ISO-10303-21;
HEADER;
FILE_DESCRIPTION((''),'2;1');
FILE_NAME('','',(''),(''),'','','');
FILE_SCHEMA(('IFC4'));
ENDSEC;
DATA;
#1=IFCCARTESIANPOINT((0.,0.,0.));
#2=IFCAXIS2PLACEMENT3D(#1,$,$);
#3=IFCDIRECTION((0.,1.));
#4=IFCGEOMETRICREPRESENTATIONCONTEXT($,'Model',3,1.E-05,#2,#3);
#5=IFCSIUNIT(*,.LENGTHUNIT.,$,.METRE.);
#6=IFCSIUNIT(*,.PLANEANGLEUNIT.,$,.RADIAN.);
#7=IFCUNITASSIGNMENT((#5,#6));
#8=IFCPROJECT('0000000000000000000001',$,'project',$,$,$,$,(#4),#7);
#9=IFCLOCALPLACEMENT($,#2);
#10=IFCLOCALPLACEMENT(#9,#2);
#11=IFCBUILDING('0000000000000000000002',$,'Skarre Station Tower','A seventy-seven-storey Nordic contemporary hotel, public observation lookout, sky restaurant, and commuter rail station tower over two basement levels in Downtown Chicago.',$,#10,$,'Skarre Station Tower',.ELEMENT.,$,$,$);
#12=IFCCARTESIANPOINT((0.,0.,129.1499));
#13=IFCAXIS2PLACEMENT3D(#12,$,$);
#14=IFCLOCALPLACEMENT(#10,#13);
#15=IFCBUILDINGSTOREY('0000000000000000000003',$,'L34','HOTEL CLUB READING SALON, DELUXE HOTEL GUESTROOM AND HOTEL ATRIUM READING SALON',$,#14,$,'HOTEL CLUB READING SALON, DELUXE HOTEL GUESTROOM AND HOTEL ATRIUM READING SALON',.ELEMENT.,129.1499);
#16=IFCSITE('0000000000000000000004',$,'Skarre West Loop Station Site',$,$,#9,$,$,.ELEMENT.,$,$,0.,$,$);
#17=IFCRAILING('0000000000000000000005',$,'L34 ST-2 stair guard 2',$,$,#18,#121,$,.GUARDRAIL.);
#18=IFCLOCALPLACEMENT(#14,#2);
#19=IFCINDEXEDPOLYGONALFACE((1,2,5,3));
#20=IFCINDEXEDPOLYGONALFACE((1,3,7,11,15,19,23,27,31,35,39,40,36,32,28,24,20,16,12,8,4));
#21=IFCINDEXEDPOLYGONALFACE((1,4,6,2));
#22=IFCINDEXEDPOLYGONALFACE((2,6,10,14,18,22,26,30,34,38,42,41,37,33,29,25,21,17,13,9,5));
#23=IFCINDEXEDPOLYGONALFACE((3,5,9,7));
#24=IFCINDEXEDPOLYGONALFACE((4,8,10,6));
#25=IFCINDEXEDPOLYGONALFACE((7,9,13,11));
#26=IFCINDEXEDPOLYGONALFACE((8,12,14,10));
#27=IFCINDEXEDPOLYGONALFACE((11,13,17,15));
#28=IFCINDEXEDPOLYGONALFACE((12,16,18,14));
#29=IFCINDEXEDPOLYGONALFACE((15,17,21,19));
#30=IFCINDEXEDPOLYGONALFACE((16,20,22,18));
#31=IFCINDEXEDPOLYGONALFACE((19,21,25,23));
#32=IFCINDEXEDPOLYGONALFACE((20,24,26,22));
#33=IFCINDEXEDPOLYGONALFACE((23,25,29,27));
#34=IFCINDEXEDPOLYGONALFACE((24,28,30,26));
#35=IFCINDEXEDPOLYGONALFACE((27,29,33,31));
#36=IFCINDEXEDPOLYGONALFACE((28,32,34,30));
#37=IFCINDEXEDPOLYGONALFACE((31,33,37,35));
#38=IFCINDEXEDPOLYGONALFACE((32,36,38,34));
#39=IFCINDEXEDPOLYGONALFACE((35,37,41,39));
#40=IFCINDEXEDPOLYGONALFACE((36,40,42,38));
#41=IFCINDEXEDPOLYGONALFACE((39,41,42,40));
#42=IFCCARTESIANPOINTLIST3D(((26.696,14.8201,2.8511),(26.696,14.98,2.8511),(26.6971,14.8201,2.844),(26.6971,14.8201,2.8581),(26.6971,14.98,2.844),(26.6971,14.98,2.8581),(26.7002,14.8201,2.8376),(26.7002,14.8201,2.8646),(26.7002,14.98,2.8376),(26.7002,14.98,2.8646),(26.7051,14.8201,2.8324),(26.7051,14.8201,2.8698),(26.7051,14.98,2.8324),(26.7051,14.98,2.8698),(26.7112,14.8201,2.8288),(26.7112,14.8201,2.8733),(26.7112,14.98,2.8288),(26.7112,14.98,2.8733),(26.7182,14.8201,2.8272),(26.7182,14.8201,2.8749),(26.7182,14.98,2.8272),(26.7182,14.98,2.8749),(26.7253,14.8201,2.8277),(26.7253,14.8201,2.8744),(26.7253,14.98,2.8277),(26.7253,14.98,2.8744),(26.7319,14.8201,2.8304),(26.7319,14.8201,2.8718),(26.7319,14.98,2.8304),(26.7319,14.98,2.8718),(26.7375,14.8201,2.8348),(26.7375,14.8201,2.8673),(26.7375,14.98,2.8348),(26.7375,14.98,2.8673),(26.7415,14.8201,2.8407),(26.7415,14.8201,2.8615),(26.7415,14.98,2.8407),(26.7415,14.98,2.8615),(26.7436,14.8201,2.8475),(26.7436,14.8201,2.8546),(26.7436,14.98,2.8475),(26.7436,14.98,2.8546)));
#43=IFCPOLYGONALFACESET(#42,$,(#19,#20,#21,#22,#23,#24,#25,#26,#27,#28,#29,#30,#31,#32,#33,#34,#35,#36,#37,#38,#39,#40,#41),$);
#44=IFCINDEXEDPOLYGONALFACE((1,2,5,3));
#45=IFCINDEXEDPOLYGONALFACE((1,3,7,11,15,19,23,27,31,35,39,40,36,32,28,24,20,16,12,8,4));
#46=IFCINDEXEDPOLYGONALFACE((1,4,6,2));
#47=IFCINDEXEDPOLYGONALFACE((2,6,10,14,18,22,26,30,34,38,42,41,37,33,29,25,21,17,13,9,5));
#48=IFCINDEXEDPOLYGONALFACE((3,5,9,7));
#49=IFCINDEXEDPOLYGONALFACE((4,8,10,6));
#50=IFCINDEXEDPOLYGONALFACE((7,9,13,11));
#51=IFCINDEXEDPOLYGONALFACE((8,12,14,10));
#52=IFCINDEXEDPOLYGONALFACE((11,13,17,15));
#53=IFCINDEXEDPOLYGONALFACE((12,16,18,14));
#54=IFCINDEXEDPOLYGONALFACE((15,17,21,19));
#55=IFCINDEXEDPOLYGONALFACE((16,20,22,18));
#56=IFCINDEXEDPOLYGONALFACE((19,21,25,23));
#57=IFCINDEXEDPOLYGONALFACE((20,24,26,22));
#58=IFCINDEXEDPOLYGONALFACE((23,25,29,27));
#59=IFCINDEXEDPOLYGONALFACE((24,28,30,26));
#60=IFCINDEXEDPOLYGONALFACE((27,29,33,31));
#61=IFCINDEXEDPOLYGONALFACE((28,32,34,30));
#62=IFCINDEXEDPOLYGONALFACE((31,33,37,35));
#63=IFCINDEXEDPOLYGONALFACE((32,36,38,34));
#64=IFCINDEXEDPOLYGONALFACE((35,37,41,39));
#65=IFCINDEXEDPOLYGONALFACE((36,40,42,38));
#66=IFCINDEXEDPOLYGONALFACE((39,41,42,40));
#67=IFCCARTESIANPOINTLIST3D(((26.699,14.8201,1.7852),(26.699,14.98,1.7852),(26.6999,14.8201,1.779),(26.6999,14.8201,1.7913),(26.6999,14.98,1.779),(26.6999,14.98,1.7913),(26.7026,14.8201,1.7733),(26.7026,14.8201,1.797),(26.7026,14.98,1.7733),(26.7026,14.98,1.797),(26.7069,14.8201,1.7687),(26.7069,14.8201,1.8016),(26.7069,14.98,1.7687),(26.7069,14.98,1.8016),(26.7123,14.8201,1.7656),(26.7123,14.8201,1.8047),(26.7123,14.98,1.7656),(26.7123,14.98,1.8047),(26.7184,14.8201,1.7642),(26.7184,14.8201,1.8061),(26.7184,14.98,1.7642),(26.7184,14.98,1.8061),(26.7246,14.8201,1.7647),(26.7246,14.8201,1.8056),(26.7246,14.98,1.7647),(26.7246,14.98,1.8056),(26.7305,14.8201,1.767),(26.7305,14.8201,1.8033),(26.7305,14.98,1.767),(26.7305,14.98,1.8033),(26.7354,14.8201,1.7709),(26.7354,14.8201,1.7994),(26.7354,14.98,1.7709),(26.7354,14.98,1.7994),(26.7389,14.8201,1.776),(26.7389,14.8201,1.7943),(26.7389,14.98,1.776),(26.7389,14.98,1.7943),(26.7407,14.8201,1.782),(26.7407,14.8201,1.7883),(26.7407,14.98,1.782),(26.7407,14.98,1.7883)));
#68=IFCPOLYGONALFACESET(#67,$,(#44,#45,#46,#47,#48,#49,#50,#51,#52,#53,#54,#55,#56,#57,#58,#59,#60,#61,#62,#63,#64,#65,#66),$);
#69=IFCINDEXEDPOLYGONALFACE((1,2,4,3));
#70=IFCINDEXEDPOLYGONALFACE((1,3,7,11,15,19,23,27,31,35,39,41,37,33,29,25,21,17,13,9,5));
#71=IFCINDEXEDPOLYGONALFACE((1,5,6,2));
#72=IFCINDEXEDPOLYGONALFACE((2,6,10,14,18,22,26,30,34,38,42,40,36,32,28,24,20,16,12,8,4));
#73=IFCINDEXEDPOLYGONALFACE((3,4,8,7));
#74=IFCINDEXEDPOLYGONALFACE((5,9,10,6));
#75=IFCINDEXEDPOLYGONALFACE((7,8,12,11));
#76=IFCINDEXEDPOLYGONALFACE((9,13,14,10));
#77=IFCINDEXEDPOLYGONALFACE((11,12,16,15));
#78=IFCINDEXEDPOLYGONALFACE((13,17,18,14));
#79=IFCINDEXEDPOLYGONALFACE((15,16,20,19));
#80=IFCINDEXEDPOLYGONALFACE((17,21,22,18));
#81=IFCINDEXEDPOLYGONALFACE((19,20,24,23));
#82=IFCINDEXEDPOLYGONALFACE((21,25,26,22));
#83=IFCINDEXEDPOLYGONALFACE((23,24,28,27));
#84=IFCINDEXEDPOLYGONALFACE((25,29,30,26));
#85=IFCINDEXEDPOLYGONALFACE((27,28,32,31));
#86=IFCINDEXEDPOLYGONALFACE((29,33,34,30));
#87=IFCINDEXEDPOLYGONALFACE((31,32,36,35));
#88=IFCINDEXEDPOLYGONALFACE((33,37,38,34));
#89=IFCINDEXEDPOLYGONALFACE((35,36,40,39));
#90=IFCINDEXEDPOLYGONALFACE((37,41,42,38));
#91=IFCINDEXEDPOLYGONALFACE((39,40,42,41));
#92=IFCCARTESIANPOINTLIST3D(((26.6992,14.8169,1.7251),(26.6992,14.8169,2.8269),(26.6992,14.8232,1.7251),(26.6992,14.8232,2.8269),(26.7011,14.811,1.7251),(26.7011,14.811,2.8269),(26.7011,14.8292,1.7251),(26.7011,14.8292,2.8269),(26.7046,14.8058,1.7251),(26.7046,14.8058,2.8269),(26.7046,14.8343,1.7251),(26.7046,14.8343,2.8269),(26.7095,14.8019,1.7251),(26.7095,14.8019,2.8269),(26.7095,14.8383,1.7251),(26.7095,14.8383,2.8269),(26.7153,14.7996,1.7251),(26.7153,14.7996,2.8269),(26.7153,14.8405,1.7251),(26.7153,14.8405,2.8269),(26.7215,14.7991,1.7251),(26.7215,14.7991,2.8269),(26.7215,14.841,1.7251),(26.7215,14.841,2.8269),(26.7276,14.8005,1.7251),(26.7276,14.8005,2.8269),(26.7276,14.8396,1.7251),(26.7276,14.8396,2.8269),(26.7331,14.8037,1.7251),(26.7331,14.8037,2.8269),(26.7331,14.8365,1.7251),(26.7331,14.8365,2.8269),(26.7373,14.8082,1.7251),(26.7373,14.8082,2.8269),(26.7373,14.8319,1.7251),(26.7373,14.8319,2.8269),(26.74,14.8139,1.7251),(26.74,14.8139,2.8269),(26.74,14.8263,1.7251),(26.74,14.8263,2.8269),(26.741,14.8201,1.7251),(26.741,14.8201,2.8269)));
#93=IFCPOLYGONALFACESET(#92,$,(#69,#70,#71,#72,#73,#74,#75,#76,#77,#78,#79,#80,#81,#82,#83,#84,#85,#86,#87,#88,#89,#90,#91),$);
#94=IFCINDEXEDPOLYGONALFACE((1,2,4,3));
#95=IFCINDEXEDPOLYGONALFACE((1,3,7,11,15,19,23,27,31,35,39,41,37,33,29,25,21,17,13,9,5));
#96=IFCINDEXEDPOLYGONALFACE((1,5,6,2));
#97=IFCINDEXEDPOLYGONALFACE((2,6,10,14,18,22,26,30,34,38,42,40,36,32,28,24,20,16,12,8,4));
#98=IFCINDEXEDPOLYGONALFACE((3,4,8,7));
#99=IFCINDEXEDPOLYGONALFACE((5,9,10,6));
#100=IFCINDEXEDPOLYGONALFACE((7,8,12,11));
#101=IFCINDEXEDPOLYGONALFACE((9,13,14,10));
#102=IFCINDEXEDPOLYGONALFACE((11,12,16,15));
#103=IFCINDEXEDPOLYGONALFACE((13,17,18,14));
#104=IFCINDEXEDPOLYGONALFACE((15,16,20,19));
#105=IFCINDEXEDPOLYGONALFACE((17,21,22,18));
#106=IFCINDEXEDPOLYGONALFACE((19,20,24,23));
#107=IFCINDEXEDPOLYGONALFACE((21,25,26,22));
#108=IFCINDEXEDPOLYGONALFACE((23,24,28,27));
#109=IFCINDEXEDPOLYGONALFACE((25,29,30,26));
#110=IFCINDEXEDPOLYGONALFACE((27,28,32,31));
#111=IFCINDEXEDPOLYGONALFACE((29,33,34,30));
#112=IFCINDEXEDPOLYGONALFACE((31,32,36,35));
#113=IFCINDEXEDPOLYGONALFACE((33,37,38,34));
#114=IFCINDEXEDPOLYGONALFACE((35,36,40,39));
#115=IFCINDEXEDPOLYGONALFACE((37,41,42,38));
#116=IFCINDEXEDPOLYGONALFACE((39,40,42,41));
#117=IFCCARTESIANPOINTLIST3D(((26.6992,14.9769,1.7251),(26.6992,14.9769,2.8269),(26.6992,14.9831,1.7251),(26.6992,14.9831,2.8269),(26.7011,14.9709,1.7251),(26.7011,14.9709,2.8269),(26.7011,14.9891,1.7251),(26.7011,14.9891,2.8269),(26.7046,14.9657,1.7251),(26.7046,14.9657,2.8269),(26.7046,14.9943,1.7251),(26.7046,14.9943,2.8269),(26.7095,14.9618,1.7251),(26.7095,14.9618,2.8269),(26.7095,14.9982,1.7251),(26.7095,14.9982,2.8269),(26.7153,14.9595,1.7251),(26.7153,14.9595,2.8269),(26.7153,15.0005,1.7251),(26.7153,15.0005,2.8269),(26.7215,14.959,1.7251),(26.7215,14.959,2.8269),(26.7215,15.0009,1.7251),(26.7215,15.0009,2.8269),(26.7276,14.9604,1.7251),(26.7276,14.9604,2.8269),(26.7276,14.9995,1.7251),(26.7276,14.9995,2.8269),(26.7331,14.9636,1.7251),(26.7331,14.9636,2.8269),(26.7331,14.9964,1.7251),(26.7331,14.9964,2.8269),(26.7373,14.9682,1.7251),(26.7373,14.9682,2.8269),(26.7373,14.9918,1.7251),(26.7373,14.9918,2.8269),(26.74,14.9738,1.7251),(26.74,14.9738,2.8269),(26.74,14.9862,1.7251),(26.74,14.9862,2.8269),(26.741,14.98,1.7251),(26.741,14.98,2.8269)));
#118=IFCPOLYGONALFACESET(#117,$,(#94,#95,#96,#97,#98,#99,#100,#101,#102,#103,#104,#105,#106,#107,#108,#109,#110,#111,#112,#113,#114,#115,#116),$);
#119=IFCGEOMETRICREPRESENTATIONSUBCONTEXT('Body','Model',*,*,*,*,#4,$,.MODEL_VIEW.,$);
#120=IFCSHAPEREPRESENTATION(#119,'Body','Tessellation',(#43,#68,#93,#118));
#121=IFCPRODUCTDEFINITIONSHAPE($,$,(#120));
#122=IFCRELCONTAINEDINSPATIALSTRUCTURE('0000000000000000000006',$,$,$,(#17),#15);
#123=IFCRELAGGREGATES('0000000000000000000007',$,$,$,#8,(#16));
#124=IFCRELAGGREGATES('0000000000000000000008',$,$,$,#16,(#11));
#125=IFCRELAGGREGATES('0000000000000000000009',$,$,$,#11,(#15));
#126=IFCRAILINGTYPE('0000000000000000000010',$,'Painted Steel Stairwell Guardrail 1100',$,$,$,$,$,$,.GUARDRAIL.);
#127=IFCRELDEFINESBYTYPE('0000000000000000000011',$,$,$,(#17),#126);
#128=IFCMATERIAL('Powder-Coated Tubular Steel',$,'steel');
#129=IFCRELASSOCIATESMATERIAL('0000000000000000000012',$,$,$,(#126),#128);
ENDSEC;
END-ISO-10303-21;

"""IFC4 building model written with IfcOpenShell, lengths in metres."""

from ifc_helpers import new_model, si_unit, direction, frame, origin, origin_2d, place, context, subcontext, project, spatial, circle, extrude, material, type_object, element, save


model = new_model("IFC4")

# Units and contexts
model_context = context("Model", 3, precision=1e-05, world=origin(), true_north=direction((0.0, 1.0)))
body_context = subcontext(model_context, "Body", "Model", "MODEL_VIEW")
ifc_project = project(units=[si_unit("LENGTHUNIT", "METRE"), si_unit("PLANEANGLEUNIT", "RADIAN")], contexts=[model_context])

# Site, building, storey
site_placement = place(None, origin())
site = spatial("IfcSite", under=ifc_project, at=site_placement, Name="Skarre West Loop Station Site", CompositionType="ELEMENT", RefElevation=0.0)
building_placement = place(site_placement, origin())
building = spatial("IfcBuilding", under=site, at=building_placement, Name="Skarre Station Tower", Description="A seventy-seven-storey Nordic contemporary hotel, public observation lookout, sky restaurant, and commuter rail station tower over two basement levels in Downtown Chicago.", LongName="Skarre Station Tower", CompositionType="ELEMENT")
storey_placement = place(building_placement, frame((0.0, 0.0, 129.1499)))
storey = spatial("IfcBuildingStorey", under=building, at=storey_placement, Name="L34", Description="HOTEL CLUB READING SALON, DELUXE HOTEL GUESTROOM AND HOTEL ATRIUM READING SALON", LongName="HOTEL CLUB READING SALON, DELUXE HOTEL GUESTROOM AND HOTEL ATRIUM READING SALON", CompositionType="ELEMENT", Elevation=129.1499)

# Railing
ifc_material_1 = material(Name="Powder-Coated Tubular Steel", Category="steel")
railing_type_1 = type_object("IfcRailingType", Name="Painted Steel Stairwell Guardrail 1100", PredefinedType="GUARDRAIL", material=ifc_material_1)
railing_1_placement = place(storey_placement, frame((26.72, 14.8201, 1.7251)))
element("IfcRailing", 1, at=railing_1_placement, inside=storey, type_object=railing_type_1, Name="L34 ST-2 stair guard 2", PredefinedType="GUARDRAIL", context=body_context, shape_type="SweptSolid", body=[
    extrude(circle(Radius=0.0239, at=origin_2d()), frame((0.0, 0.0, 1.126), z_axis=(0.0, 1.0, 0.0), x_axis=(-1.0, 0.0, 0.0)), (0.0, 0.0, 1.0), 0.1599),
    extrude(circle(Radius=0.021, at=origin_2d()), frame((0.0, 0.0, 0.0601), z_axis=(0.0, 1.0, 0.0), x_axis=(-1.0, 0.0, 0.0)), (0.0, 0.0, 1.0), 0.1599),
    extrude(circle(Radius=0.021, at=origin_2d()), origin(), (0.0, 0.0, 1.0), 1.1018),
    extrude(circle(Radius=0.021, at=origin_2d()), frame((0.0, 0.1599, 0.0)), (0.0, 0.0, 1.0), 1.1018),
])

save(model, "model.ifc")
